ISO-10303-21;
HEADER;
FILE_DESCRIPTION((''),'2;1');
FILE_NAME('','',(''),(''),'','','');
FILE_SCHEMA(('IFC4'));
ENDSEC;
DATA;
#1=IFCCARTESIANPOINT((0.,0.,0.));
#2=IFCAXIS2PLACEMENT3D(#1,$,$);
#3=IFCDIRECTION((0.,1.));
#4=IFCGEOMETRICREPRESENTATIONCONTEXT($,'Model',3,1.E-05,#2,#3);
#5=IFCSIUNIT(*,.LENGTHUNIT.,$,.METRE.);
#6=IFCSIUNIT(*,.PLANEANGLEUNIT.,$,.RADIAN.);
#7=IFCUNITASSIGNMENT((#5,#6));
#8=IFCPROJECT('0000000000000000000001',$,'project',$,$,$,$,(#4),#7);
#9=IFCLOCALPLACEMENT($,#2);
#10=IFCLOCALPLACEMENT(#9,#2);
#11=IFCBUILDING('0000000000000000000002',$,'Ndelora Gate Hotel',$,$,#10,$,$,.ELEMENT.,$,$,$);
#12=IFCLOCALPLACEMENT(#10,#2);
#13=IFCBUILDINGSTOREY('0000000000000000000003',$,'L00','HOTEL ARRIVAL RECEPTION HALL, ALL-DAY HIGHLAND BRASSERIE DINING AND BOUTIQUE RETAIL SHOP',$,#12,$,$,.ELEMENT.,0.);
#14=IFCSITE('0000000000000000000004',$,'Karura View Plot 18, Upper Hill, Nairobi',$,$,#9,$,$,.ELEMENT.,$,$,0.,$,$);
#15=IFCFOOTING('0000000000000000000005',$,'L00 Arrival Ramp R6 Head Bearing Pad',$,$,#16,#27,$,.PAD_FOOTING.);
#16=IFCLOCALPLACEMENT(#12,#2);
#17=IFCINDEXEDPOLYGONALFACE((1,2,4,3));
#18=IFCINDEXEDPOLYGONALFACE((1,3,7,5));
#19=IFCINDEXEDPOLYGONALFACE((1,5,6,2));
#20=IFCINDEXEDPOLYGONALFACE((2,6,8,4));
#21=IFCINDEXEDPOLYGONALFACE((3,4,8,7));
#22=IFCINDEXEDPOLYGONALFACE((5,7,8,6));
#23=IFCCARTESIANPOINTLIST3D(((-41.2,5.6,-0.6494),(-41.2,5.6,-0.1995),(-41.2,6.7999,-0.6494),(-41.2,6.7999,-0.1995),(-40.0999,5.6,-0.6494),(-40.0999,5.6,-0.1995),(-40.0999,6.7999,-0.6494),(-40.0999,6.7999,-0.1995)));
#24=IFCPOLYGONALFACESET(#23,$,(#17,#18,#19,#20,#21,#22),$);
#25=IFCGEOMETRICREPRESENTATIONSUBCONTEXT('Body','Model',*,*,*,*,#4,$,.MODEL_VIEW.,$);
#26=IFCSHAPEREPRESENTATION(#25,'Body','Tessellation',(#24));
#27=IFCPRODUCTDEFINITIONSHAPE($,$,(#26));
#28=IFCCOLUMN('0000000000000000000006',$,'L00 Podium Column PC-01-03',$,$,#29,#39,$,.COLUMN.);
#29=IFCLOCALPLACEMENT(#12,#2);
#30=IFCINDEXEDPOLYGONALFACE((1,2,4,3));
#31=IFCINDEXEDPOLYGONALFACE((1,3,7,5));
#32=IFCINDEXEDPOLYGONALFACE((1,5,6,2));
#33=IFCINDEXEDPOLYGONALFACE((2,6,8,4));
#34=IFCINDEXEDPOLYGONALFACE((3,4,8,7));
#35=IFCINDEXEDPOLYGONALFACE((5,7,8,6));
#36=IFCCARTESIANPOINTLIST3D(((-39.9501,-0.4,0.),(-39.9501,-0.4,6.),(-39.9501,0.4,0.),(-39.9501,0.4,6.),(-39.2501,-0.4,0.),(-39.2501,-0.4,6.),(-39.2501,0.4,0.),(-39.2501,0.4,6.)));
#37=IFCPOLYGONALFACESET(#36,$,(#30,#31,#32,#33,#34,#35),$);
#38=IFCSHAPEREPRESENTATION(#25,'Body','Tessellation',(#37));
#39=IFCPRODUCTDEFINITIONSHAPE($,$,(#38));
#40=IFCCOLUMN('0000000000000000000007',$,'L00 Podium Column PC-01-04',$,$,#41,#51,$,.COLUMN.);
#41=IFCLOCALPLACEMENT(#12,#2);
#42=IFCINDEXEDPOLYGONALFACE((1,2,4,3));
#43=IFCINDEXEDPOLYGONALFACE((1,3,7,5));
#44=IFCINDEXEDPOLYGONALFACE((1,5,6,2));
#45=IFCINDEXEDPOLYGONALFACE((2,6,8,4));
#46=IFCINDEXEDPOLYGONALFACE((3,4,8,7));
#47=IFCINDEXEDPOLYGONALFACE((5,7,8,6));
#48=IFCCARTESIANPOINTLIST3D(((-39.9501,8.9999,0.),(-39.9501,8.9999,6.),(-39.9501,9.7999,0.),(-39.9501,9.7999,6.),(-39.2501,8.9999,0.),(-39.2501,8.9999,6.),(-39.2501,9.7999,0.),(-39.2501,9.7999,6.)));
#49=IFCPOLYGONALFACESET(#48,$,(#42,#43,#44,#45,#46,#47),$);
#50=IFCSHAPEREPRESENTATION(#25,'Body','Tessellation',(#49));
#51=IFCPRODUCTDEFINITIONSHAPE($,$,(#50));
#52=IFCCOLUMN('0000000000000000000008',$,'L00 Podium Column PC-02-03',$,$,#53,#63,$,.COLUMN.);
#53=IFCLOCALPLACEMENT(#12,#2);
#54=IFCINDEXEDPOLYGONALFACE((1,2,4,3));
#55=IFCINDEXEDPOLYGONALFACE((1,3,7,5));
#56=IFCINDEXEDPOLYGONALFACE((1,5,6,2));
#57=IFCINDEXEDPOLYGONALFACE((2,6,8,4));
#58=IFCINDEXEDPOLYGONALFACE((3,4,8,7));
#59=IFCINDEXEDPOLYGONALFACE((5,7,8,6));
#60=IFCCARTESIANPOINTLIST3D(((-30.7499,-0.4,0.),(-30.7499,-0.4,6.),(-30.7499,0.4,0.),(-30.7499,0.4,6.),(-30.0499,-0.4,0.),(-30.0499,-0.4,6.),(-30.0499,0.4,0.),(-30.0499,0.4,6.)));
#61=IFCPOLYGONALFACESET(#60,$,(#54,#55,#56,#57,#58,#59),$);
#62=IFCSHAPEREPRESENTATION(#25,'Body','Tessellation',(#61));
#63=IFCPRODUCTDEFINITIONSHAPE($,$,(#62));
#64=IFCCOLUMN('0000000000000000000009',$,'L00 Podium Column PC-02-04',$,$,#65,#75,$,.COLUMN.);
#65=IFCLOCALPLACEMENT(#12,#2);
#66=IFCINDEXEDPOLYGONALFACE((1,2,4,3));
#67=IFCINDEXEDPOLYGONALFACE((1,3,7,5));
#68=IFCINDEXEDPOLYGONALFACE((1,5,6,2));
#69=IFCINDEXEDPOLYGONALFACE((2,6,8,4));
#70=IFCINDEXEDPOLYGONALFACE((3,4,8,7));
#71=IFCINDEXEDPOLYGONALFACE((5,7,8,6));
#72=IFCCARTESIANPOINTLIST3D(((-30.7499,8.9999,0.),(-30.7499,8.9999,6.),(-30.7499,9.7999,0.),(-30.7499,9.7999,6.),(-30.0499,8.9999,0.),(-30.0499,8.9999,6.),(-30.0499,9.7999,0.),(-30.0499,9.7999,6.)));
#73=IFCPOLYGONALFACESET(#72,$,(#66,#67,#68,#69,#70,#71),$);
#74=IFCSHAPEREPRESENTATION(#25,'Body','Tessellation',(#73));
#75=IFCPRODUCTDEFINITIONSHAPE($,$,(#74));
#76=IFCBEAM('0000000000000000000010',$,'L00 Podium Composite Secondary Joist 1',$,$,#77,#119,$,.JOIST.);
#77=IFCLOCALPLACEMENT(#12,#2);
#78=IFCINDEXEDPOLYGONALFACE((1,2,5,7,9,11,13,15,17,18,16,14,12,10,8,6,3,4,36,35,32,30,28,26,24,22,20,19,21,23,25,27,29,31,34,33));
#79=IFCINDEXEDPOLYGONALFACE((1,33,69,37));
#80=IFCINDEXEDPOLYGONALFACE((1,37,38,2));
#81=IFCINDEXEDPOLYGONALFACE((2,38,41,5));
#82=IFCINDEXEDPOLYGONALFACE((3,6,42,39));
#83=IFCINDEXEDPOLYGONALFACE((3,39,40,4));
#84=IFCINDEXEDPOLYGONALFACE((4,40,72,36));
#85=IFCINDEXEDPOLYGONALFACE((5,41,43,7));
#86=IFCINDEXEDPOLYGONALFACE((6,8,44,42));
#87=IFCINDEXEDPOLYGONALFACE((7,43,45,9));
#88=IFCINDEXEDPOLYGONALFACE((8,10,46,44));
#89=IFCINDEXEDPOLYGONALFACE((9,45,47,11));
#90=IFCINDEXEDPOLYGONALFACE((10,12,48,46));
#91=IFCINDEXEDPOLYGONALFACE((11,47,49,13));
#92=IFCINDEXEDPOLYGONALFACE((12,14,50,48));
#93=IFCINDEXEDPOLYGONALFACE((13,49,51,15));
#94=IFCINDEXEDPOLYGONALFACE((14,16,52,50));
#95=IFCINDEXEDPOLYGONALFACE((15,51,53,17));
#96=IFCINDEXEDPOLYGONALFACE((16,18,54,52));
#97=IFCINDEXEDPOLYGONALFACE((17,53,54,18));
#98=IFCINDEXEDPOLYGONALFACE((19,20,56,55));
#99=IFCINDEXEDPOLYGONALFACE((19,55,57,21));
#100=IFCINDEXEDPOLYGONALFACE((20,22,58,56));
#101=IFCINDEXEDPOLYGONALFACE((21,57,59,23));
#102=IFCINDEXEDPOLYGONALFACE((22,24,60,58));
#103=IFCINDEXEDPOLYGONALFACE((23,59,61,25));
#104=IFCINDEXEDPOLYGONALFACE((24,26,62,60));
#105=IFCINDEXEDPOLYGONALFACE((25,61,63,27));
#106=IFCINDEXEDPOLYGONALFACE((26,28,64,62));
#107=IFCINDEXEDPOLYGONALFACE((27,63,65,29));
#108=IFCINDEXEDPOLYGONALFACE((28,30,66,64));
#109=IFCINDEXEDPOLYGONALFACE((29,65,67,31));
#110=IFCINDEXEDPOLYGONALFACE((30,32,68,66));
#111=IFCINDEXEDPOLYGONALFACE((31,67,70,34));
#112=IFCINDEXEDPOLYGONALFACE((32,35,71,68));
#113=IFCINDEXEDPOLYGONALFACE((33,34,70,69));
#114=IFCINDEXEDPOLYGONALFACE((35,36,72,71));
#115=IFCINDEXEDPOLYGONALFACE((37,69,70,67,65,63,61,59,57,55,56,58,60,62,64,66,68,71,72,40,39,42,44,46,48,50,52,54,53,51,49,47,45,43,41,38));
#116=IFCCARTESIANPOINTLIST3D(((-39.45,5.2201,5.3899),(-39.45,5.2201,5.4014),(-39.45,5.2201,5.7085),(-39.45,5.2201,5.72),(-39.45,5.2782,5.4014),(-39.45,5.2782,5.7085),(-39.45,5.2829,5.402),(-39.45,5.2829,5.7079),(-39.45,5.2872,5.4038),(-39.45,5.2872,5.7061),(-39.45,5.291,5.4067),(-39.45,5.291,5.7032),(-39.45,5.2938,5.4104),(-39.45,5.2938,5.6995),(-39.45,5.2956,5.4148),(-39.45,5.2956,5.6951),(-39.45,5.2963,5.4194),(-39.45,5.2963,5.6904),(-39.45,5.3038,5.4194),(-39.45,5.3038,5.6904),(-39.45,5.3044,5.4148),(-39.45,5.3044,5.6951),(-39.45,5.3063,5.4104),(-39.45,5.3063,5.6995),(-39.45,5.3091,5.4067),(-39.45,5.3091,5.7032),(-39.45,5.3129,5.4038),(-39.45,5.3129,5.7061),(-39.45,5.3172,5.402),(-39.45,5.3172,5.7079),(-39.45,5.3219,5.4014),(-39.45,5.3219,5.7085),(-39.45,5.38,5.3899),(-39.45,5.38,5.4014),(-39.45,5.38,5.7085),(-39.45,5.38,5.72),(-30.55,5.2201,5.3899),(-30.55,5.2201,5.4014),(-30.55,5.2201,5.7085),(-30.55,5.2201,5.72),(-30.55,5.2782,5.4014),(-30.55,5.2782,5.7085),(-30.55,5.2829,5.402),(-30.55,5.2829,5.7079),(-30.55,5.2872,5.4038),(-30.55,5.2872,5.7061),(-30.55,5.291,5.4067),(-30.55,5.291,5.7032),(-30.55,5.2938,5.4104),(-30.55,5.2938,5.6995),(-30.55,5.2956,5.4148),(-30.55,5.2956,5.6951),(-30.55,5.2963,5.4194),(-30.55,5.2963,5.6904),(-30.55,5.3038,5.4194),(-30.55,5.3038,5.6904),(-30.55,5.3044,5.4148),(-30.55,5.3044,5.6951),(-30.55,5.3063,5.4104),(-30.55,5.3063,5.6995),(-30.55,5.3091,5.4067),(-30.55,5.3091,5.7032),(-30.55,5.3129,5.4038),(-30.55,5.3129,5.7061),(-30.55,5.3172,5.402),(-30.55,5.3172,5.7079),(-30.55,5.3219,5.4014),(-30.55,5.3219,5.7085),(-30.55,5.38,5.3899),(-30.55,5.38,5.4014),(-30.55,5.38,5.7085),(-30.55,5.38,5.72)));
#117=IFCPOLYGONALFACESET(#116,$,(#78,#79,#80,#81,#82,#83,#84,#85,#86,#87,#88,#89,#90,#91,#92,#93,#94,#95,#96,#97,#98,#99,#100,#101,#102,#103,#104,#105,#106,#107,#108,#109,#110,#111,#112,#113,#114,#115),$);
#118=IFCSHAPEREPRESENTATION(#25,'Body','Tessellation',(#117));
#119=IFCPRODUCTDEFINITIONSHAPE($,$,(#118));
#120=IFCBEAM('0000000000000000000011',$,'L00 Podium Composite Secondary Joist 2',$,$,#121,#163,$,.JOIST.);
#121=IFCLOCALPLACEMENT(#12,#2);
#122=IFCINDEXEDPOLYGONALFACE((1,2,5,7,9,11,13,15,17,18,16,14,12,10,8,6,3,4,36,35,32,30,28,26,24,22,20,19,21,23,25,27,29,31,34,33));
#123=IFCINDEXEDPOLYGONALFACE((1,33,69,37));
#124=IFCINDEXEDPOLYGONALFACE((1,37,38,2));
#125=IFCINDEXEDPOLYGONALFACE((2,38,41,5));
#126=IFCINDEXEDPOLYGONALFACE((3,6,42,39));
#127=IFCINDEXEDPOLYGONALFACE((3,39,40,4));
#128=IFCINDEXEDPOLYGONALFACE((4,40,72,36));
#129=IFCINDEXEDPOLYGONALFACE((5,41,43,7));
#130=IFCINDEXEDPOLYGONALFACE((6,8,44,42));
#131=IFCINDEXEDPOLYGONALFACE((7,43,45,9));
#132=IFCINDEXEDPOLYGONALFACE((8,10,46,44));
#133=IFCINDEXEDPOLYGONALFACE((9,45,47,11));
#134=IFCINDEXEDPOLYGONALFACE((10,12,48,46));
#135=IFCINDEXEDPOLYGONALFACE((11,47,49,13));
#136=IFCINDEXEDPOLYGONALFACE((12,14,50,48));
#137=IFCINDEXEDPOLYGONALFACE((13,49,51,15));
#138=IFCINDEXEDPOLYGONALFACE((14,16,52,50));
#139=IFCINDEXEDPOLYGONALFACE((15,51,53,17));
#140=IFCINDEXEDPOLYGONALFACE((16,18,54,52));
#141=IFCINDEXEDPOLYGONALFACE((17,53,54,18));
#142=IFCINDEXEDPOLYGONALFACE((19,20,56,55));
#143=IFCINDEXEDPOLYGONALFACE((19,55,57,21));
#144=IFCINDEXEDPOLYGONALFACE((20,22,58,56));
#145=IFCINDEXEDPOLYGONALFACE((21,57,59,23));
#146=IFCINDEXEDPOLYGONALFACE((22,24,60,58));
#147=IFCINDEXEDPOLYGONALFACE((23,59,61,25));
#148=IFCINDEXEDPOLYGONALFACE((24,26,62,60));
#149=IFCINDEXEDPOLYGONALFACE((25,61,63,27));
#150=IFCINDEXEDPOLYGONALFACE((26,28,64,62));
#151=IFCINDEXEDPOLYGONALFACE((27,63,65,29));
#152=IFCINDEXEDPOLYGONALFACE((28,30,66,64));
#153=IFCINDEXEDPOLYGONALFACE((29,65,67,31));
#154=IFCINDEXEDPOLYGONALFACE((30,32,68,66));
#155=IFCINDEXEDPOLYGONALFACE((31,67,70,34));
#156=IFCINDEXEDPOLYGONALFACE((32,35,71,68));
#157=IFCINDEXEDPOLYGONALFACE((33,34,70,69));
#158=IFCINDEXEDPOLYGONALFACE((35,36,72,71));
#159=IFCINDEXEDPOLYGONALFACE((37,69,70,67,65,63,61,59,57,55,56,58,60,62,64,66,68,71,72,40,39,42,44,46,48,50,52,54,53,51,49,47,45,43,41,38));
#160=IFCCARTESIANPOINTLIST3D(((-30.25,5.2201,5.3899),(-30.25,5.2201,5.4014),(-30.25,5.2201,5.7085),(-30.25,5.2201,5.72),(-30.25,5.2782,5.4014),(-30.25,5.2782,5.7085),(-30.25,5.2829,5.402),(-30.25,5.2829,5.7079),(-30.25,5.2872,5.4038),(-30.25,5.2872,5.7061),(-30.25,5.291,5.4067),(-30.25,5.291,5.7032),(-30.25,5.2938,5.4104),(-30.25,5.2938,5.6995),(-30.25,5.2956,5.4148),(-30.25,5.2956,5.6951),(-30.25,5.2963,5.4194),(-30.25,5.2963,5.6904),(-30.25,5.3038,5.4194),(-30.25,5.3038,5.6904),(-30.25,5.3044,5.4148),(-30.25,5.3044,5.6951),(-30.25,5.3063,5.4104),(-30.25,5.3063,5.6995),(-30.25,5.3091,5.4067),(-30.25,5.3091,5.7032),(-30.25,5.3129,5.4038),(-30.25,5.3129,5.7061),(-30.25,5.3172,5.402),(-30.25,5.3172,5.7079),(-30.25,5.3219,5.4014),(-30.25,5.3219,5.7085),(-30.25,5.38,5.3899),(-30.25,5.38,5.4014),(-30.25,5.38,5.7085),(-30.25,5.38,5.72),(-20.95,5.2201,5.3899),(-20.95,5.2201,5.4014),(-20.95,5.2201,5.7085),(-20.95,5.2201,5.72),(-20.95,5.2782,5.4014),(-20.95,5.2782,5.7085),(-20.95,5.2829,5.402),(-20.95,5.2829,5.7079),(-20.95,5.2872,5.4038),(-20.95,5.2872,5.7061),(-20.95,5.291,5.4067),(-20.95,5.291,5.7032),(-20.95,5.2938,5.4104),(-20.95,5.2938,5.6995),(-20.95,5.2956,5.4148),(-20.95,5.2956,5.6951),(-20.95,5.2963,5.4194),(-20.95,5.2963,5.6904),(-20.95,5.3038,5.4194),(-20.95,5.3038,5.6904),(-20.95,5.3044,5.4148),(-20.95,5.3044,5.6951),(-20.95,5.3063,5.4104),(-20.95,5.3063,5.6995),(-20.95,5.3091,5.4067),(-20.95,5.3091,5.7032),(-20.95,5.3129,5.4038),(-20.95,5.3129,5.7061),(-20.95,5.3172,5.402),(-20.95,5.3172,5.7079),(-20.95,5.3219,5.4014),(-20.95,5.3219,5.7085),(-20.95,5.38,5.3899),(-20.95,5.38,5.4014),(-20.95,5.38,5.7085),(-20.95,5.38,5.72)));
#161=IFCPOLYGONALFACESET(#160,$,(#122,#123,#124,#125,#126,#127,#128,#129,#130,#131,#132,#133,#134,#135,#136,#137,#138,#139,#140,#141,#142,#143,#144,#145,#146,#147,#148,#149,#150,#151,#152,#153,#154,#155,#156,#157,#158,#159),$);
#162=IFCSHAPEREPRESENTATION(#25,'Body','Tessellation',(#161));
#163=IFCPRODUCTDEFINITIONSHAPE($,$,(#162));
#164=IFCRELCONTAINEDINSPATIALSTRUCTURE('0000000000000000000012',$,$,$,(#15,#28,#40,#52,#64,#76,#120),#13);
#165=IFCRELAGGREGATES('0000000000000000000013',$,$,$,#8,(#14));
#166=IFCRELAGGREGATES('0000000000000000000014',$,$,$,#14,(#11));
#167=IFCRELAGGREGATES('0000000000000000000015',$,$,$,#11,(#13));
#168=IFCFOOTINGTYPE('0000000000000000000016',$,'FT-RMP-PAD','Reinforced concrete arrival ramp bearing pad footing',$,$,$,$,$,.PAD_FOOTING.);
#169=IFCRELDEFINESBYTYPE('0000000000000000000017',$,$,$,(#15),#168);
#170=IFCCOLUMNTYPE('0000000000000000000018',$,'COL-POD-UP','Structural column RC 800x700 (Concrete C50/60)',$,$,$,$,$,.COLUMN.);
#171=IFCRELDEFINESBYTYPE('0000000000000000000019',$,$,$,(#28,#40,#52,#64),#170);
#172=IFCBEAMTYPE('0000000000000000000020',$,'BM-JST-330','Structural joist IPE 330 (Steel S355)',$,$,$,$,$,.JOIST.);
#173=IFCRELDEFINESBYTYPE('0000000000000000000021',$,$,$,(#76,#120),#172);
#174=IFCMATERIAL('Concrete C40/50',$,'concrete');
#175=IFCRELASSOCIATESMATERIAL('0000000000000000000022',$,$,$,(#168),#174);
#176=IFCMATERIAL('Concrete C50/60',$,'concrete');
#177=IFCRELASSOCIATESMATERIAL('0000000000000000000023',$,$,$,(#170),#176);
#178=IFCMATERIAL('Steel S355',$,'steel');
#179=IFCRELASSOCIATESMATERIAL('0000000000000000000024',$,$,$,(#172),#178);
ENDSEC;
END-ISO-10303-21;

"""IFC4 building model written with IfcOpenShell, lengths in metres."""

from ifc_helpers import new_model, si_unit, direction, frame, origin, origin_2d, place, context, subcontext, project, spatial, rectangle, i_section, extrude, material, material_profile, profile_set, type_object, element, save


model = new_model("IFC4")

# Units and contexts
model_context = context("Model", 3, precision=1e-05, world=origin(), true_north=direction((0.0, 1.0)))
body_context = subcontext(model_context, "Body", "Model", "MODEL_VIEW")
ifc_project = project(units=[si_unit("LENGTHUNIT", "METRE"), si_unit("PLANEANGLEUNIT", "RADIAN")], contexts=[model_context])

# Site, building, storey
site_placement = place(None, origin())
site = spatial("IfcSite", under=ifc_project, at=site_placement, Name="Karura View Plot 18, Upper Hill, Nairobi", CompositionType="ELEMENT", RefElevation=0.0)
building_placement = place(site_placement, origin())
building = spatial("IfcBuilding", under=site, at=building_placement, Name="Ndelora Gate Hotel", CompositionType="ELEMENT")
storey_placement = place(building_placement, origin())
storey = spatial("IfcBuildingStorey", under=building, at=storey_placement, Name="L00", Description="HOTEL ARRIVAL RECEPTION HALL, ALL-DAY HIGHLAND BRASSERIE DINING AND BOUTIQUE RETAIL SHOP", CompositionType="ELEMENT", Elevation=0.0)

# Footing
ifc_material_1 = material(Name="Concrete C40/50", Category="concrete")
footing_type = type_object("IfcFootingType", Name="FT-RMP-PAD", Description="Reinforced concrete arrival ramp bearing pad footing", PredefinedType="PAD_FOOTING", material=ifc_material_1)
footing_placement = place(storey_placement, frame((-40.6499, 6.2, -0.6494), z_axis=(0.0, 0.0, 1.0), x_axis=(1.0, 0.0, 0.0)))
element("IfcFooting", 1, at=footing_placement, inside=storey, type_object=footing_type, Name="L00 Arrival Ramp R6 Head Bearing Pad", PredefinedType="PAD_FOOTING", context=body_context, shape_type="SweptSolid", body=[
    extrude(rectangle(XDim=1.1001, YDim=1.2, at=origin_2d()), origin(), (0.0, 0.0, 1.0), 0.45),
])

# Columns
ifc_material_2 = material(Name="Concrete C50/60", Category="concrete")
ifc_material_profile_1 = material_profile(ifc_material_2, rectangle(XDim=0.7, YDim=0.8, at=origin_2d()), Name="RC 800x700")
ifc_profile_set_1 = profile_set([ifc_material_profile_1], Name="Concrete C50/60")
column_type = type_object("IfcColumnType", Name="COL-POD-UP", Description="Structural column RC 800x700 (Concrete C50/60)", PredefinedType="COLUMN", material=ifc_profile_set_1)
for number, where, z_axis, x_axis, name in (
    (2, (-39.6001, 0.0, 0.0), (0.0, 0.0, 1.0), (1.0, 0.0, 0.0), "L00 Podium Column PC-01-03"),
    (3, (-39.6001, 9.3999, 0.0), (0.0, 0.0, 1.0), (1.0, 0.0, 0.0), "L00 Podium Column PC-01-04"),
    (4, (-30.3999, 0.0, 0.0), (0.0, 0.0, 1.0), (1.0, 0.0, 0.0), "L00 Podium Column PC-02-03"),
    (5, (-30.3999, 9.3999, 0.0), (0.0, 0.0, 1.0), (1.0, 0.0, 0.0), "L00 Podium Column PC-02-04"),
):
    element("IfcColumn", number, at=place(storey_placement, frame(where, z_axis=z_axis, x_axis=x_axis)), inside=storey, type_object=column_type, Name=name, PredefinedType="COLUMN", context=body_context, shape_type="SweptSolid", body=[
        extrude(rectangle(XDim=0.7, YDim=0.8, at=origin_2d()), origin(), (0.0, 0.0, 1.0), 6.0),
    ])

# Beams
ifc_material_3 = material(Name="Steel S355", Category="steel")
ifc_material_profile_2 = material_profile(ifc_material_3, i_section(OverallWidth=0.1599, OverallDepth=0.3301, WebThickness=0.0076, FlangeThickness=0.0115, FilletRadius=0.0181, at=origin_2d()), Name="IPE 330")
ifc_profile_set_2 = profile_set([ifc_material_profile_2], Name="Steel S355")
beam_type_1 = type_object("IfcBeamType", Name="BM-JST-330", Description="Structural joist IPE 330 (Steel S355)", PredefinedType="JOIST", material=ifc_profile_set_2)
beam_1_placement = place(storey_placement, frame((-39.45, 5.3, 5.5549), z_axis=(1.0, 0.0, 0.0), x_axis=(0.0, 1.0, 0.0)))
element("IfcBeam", 6, at=beam_1_placement, inside=storey, type_object=beam_type_1, Name="L00 Podium Composite Secondary Joist 1", PredefinedType="JOIST", context=body_context, shape_type="SweptSolid", body=[
    extrude(i_section(OverallWidth=0.1599, OverallDepth=0.3301, WebThickness=0.0076, FlangeThickness=0.0115, FilletRadius=0.0181, at=origin_2d()), origin(), (0.0, 0.0, 1.0), 8.8999),
])
beam_2_placement = place(storey_placement, frame((-30.25, 5.3, 5.5549), z_axis=(1.0, 0.0, 0.0), x_axis=(0.0, 1.0, 0.0)))
element("IfcBeam", 7, at=beam_2_placement, inside=storey, type_object=beam_type_1, Name="L00 Podium Composite Secondary Joist 2", PredefinedType="JOIST", context=body_context, shape_type="SweptSolid", body=[
    extrude(i_section(OverallWidth=0.1599, OverallDepth=0.3301, WebThickness=0.0076, FlangeThickness=0.0115, FilletRadius=0.0181, at=origin_2d()), origin(), (0.0, 0.0, 1.0), 9.3),
])

save(model, "model.ifc")
